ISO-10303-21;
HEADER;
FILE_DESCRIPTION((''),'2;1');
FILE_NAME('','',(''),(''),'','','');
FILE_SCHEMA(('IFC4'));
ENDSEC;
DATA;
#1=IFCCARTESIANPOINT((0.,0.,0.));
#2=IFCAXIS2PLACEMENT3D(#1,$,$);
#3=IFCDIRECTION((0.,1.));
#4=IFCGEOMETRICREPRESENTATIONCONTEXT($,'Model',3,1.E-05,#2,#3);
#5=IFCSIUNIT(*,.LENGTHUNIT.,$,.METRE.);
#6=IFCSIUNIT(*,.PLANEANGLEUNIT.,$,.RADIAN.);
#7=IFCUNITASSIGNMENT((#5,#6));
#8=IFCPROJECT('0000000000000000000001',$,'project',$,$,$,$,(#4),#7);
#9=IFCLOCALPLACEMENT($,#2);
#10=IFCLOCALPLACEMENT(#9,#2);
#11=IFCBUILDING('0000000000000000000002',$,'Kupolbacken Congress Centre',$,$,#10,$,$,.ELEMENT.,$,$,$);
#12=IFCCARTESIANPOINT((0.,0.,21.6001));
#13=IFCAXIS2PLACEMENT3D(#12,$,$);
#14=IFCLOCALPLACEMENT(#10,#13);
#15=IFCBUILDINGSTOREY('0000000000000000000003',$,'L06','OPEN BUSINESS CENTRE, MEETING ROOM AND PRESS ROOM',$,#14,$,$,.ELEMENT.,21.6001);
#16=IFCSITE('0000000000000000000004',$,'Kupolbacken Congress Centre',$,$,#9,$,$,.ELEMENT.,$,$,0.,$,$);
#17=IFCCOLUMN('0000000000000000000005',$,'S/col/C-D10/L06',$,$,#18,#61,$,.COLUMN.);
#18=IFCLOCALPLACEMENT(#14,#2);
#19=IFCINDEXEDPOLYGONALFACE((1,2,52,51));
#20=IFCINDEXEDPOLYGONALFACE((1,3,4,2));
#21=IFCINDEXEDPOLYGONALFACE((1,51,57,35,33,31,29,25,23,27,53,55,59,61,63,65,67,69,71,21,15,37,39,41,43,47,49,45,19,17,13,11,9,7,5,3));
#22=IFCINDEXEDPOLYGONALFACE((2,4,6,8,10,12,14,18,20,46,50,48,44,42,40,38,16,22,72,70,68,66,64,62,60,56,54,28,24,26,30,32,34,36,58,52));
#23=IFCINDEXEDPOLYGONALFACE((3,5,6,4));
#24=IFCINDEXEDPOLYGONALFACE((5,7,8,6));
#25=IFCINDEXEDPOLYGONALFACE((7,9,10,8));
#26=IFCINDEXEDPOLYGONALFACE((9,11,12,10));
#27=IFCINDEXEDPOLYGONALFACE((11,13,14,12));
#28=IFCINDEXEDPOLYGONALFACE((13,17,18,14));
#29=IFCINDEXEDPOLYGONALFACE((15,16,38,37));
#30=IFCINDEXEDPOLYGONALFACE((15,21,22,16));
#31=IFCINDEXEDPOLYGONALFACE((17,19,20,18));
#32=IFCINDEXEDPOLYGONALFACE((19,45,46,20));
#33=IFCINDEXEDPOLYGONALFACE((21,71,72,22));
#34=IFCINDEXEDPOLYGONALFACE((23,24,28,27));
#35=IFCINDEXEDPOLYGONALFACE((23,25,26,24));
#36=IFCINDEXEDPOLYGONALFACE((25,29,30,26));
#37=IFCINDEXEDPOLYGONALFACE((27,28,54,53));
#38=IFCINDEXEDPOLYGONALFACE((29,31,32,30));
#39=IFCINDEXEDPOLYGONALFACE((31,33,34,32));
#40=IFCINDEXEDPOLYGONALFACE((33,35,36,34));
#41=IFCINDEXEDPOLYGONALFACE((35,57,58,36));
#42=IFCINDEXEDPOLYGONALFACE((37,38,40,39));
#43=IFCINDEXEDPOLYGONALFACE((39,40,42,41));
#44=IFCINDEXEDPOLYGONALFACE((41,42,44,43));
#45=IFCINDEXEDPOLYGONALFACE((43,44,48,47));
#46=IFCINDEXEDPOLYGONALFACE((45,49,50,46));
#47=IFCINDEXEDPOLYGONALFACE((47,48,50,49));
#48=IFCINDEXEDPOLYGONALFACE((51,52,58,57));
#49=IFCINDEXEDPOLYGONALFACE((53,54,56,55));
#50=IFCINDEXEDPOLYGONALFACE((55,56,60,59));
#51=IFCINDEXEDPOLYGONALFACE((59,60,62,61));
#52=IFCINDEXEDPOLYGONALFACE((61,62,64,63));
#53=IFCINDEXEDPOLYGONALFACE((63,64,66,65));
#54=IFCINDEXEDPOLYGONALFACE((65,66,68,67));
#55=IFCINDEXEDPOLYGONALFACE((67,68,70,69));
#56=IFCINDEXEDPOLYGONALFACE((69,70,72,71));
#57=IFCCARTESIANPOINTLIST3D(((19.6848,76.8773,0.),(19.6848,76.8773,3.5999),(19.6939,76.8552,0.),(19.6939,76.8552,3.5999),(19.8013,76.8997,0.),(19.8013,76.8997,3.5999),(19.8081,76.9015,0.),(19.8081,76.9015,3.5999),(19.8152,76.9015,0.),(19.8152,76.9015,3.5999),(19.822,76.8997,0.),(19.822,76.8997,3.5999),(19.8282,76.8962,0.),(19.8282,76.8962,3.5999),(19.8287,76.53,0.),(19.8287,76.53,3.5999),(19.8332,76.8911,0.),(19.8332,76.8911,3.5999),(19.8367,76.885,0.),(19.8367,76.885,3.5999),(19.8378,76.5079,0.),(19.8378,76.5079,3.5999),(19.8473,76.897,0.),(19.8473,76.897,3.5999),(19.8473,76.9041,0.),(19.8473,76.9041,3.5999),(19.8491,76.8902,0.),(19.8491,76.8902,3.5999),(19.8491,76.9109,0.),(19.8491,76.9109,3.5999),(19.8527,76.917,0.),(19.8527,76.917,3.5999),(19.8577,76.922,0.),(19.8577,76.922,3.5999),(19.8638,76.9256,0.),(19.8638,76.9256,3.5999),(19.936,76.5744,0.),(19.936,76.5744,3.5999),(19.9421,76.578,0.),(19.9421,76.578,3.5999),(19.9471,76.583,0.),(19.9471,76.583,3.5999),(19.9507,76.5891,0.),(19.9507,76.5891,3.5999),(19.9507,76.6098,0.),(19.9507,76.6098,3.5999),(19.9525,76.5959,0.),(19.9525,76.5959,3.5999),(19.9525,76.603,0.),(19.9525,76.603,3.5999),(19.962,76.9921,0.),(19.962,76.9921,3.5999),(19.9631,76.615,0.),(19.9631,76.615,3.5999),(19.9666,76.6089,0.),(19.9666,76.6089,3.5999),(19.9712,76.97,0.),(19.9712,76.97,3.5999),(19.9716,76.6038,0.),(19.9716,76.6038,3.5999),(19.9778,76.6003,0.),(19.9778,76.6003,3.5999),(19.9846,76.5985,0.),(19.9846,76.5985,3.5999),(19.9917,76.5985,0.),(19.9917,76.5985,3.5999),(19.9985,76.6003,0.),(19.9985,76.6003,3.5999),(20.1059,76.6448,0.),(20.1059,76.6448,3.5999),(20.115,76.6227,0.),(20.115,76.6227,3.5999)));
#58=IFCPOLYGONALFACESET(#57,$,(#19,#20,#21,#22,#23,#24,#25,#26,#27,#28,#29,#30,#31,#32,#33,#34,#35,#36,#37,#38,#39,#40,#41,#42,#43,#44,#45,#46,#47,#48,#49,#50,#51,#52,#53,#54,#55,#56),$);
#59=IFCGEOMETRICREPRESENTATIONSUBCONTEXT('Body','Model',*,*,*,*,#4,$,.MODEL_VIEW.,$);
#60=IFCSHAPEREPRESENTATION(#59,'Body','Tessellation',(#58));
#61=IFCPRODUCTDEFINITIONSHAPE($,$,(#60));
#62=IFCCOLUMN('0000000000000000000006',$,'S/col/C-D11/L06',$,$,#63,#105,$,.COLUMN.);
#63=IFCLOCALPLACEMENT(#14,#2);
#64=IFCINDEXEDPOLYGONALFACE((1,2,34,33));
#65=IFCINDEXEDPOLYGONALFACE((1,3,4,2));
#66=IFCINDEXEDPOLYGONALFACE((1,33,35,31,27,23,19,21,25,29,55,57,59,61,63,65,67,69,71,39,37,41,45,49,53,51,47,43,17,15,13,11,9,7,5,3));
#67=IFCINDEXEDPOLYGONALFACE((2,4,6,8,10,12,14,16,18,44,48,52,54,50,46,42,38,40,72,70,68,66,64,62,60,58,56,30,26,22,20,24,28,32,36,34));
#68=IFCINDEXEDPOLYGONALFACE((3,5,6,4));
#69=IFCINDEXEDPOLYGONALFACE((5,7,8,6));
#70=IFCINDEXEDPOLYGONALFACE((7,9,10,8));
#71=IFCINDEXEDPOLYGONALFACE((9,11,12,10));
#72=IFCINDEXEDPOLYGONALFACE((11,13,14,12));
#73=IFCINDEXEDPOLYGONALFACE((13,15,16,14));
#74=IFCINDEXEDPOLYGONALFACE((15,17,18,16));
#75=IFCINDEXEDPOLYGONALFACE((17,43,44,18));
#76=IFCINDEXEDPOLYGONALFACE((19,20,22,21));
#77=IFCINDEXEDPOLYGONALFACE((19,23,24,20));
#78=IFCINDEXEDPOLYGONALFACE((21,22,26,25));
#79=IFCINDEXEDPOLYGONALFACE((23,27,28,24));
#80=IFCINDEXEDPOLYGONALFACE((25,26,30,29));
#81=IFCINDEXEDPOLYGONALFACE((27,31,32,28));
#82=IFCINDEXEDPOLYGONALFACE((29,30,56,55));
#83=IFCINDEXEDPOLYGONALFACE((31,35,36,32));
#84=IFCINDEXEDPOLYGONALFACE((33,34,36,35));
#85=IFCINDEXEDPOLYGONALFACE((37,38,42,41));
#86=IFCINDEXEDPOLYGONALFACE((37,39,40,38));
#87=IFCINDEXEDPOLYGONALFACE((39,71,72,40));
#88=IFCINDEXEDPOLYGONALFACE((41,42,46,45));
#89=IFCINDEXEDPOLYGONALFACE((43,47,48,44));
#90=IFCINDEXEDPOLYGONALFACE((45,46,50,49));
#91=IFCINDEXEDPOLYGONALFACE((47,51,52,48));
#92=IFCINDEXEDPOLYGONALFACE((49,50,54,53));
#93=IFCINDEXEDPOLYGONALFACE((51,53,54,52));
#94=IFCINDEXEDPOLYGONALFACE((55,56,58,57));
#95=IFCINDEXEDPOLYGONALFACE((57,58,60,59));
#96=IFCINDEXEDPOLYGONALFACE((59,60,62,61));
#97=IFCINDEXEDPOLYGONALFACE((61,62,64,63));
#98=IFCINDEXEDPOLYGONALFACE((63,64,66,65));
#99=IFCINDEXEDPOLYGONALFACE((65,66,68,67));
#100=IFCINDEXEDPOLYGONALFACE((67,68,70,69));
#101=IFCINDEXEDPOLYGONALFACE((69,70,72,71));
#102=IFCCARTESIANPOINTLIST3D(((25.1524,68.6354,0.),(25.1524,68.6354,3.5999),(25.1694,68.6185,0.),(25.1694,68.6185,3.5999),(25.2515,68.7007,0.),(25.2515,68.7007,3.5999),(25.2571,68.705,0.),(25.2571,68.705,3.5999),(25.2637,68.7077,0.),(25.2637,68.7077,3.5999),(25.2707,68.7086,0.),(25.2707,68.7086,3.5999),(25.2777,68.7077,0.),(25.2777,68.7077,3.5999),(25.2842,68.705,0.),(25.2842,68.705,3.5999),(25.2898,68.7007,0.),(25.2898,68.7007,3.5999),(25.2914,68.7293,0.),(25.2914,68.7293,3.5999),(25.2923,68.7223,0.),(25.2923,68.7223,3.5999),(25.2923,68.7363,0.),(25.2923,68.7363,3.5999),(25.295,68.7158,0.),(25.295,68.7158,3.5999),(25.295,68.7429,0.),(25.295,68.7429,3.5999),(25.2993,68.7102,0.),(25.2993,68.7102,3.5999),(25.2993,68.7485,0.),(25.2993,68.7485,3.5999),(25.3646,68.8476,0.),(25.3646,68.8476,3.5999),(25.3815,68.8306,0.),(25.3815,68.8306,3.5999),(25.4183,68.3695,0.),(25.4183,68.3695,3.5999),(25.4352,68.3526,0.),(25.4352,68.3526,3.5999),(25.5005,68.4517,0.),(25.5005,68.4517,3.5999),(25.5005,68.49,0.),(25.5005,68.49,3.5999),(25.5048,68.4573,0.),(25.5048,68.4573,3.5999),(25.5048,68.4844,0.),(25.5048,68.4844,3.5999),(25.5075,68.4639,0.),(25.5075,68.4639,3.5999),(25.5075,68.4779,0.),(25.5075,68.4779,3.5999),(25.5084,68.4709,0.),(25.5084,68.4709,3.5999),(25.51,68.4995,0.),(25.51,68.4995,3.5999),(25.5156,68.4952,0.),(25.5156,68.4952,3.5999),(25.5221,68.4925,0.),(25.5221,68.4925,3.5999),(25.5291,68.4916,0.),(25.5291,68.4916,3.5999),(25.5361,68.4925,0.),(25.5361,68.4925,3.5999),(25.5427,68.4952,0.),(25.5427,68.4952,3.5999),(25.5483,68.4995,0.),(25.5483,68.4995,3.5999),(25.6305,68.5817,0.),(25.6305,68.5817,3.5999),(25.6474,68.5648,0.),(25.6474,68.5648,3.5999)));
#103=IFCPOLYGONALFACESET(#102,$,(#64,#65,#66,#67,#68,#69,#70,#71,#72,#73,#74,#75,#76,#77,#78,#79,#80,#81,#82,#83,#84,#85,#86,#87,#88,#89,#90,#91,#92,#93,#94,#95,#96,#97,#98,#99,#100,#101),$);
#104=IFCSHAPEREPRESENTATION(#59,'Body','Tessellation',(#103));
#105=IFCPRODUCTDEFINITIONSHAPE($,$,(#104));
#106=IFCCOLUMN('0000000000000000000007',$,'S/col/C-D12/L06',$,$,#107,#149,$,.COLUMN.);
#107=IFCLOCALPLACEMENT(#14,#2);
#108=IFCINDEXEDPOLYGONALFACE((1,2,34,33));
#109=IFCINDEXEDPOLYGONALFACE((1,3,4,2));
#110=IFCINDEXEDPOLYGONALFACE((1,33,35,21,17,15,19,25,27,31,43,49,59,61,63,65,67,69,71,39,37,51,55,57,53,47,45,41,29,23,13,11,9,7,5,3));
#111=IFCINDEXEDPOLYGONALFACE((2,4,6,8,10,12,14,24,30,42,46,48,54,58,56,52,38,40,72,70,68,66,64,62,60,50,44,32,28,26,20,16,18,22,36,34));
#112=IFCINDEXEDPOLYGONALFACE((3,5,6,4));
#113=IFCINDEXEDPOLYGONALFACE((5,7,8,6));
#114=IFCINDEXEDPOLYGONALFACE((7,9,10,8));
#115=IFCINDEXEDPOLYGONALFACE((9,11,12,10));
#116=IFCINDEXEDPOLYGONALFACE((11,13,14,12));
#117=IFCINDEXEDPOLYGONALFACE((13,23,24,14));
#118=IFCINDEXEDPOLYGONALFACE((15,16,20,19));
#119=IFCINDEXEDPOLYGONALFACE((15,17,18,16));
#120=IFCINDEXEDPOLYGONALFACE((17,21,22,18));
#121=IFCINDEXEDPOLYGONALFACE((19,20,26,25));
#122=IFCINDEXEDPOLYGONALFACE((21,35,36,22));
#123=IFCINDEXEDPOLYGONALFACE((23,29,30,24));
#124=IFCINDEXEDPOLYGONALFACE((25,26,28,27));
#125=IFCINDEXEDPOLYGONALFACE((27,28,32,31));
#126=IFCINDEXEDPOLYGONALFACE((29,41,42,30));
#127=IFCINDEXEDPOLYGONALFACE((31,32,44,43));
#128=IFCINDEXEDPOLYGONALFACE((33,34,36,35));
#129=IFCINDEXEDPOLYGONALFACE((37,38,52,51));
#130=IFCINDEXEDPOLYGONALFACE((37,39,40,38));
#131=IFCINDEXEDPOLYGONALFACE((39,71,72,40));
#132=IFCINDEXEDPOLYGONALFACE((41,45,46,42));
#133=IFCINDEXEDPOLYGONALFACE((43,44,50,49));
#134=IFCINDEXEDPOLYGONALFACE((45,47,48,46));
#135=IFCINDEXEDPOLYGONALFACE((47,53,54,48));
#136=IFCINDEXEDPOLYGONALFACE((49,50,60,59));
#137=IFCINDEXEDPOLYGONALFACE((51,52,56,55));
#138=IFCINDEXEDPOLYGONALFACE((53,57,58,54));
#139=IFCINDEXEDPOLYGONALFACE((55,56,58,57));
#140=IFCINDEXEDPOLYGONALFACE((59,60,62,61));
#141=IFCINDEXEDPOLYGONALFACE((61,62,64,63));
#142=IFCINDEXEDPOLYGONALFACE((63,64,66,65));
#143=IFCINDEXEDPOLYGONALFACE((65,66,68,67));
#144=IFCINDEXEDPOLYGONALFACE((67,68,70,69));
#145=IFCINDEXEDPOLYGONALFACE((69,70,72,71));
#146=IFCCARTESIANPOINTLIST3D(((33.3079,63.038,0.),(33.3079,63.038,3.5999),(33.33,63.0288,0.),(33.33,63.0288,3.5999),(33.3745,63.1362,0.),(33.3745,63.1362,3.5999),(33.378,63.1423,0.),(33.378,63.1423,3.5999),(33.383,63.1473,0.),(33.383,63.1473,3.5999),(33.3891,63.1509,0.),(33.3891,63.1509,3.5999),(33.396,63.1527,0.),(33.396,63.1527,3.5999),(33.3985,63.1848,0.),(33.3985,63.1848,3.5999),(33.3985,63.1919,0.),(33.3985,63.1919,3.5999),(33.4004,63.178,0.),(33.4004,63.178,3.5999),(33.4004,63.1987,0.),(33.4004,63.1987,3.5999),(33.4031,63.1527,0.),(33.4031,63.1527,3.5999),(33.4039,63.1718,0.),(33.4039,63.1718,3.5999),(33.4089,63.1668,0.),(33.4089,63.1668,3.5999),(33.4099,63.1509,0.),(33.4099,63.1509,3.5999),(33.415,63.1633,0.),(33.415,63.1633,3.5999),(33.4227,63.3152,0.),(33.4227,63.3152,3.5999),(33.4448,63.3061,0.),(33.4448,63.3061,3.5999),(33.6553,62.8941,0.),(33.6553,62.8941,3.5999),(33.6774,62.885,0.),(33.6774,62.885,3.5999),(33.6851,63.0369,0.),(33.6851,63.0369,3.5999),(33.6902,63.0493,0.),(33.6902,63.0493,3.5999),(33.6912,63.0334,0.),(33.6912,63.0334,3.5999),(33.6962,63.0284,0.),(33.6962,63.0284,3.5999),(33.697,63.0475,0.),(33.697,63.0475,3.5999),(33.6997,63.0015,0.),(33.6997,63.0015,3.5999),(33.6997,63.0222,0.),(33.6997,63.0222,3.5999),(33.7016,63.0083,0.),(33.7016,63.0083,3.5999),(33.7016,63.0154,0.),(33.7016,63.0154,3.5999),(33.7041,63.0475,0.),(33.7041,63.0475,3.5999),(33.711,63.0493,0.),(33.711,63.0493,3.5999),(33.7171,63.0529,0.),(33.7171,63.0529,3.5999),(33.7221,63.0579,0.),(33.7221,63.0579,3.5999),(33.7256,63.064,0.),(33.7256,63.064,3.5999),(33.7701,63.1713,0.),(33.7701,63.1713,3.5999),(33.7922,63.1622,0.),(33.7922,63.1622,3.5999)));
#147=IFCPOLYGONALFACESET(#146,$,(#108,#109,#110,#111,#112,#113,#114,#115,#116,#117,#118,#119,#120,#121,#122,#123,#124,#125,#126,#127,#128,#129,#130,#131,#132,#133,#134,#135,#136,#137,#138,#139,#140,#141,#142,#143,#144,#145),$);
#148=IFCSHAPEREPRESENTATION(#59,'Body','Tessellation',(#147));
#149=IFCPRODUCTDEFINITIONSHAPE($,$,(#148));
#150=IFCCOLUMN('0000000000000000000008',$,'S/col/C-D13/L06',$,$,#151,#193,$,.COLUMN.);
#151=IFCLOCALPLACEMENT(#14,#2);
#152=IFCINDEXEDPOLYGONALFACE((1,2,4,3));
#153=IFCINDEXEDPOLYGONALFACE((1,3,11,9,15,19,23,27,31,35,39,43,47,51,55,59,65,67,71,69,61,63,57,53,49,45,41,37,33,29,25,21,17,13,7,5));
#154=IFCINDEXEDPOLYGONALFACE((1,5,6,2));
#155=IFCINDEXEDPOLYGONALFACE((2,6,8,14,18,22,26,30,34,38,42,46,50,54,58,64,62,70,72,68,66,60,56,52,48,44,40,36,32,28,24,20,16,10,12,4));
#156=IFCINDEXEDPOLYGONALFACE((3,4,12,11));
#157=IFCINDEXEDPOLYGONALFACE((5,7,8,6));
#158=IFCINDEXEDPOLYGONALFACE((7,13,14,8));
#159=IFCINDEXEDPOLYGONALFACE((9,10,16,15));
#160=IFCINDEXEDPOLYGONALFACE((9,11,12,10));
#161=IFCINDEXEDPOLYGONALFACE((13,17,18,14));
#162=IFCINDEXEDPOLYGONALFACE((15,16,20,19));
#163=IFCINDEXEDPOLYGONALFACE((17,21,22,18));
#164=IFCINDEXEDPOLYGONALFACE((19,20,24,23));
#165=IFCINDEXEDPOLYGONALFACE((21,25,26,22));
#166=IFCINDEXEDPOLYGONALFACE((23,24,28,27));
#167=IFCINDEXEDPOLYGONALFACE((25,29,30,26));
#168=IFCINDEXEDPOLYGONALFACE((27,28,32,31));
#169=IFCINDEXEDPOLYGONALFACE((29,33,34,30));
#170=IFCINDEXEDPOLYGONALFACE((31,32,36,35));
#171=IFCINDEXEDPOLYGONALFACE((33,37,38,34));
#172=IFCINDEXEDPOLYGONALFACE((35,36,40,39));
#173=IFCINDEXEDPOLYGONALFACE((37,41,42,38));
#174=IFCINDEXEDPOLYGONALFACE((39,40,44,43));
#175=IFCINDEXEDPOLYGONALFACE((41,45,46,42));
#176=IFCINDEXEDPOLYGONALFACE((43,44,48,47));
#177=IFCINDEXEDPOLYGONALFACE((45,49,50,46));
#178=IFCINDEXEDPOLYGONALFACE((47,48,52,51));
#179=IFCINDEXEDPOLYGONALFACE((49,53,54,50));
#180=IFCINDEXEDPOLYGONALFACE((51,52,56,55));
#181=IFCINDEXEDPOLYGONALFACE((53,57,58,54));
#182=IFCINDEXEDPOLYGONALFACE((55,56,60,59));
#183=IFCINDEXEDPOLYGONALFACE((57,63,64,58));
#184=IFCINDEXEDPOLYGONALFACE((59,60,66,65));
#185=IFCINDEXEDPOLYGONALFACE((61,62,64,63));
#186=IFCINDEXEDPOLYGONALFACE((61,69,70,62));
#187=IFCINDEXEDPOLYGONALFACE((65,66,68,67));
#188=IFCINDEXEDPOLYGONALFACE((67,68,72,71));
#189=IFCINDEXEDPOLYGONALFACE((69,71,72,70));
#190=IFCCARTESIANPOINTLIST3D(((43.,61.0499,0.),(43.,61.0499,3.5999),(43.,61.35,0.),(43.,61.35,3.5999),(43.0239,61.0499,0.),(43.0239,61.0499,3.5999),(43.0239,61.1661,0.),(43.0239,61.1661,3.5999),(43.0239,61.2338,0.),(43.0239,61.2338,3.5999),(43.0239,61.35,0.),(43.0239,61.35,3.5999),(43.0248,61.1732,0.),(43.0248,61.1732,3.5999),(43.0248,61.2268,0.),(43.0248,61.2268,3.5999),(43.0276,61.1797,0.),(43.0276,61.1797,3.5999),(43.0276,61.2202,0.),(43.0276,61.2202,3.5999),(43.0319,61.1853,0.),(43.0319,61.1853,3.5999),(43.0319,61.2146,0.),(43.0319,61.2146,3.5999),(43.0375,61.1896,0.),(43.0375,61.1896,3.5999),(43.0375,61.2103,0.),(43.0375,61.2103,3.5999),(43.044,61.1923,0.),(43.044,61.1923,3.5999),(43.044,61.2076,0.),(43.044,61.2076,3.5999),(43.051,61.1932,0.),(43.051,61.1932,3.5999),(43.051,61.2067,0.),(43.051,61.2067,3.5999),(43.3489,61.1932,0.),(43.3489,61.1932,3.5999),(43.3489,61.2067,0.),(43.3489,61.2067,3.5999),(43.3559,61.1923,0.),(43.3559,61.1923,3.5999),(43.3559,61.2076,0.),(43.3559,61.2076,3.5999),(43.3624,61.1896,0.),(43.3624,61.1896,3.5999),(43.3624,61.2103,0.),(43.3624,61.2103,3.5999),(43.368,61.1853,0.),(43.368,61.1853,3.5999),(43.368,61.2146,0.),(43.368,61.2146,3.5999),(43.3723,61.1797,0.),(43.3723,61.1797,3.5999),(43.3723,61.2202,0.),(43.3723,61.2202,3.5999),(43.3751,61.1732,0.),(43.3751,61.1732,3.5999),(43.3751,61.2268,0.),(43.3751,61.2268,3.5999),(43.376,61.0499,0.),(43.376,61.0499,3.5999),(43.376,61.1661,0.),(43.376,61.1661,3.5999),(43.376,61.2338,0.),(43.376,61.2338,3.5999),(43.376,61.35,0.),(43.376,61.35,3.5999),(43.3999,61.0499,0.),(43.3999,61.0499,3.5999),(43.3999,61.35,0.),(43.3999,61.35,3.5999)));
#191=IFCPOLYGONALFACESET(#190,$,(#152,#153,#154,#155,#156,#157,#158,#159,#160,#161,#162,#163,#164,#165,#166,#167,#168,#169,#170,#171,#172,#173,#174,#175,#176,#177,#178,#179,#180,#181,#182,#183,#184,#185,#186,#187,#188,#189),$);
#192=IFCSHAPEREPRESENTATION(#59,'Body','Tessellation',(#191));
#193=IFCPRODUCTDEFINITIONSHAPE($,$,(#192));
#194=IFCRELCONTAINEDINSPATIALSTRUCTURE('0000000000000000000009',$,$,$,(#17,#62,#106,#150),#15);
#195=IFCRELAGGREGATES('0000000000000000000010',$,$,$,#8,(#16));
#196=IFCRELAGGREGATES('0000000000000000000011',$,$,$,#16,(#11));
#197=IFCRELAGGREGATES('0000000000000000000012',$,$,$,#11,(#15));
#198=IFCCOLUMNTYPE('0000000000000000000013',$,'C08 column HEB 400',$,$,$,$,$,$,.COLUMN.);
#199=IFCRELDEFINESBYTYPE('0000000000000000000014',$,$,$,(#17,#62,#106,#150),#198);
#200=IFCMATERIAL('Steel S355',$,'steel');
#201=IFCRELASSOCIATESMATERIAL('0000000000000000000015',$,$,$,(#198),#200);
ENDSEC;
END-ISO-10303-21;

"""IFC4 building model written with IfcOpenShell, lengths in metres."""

from ifc_helpers import new_model, si_unit, direction, frame, origin, origin_2d, place, context, subcontext, project, spatial, i_section, extrude, material, material_profile, profile_set, type_object, element, save


model = new_model("IFC4")

# Units and contexts
model_context = context("Model", 3, precision=1e-05, world=origin(), true_north=direction((0.0, 1.0)))
body_context = subcontext(model_context, "Body", "Model", "MODEL_VIEW")
ifc_project = project(units=[si_unit("LENGTHUNIT", "METRE"), si_unit("PLANEANGLEUNIT", "RADIAN")], contexts=[model_context])

# Site, building, storey
site_placement = place(None, origin())
site = spatial("IfcSite", under=ifc_project, at=site_placement, Name="Kupolbacken Congress Centre", CompositionType="ELEMENT", RefElevation=0.0)
building_placement = place(site_placement, origin())
building = spatial("IfcBuilding", under=site, at=building_placement, Name="Kupolbacken Congress Centre", CompositionType="ELEMENT")
storey_placement = place(building_placement, frame((0.0, 0.0, 21.6001)))
storey = spatial("IfcBuildingStorey", under=building, at=storey_placement, Name="L06", Description="OPEN BUSINESS CENTRE, MEETING ROOM AND PRESS ROOM", CompositionType="ELEMENT", Elevation=21.6001)

# Columns
ifc_material_1 = material(Name="Steel S355", Category="steel")
ifc_material_profile_1 = material_profile(ifc_material_1, i_section(OverallWidth=0.3, OverallDepth=0.3999, WebThickness=0.0134, FlangeThickness=0.0239, FilletRadius=0.0271, at=origin_2d()), Name="HEB 400")
ifc_profile_set_1 = profile_set([ifc_material_profile_1], Name="Steel S355")
column_type = type_object("IfcColumnType", Name="C08 column HEB 400", PredefinedType="COLUMN", material=ifc_profile_set_1)
for number, where, z_axis, x_axis, name in (
    (1, (19.8999, 76.75, 0.0), (0.0, 0.0, 1.0), (-0.923896, -0.382644, 0.0), "S/col/C-D10/L06"),
    (2, (25.3999, 68.6001, 0.0), (0.0, 0.0, 1.0), (-0.707107, -0.707107, 0.0), "S/col/C-D11/L06"),
    (3, (33.55, 63.1001, 0.0), (0.0, 0.0, 1.0), (-0.382644, -0.923896, 0.0), "S/col/C-D12/L06"),
    (4, (43.2, 61.2, 0.0), (0.0, 0.0, 1.0), (0.0, -1.0, 0.0), "S/col/C-D13/L06"),
):
    element("IfcColumn", number, at=place(storey_placement, frame(where, z_axis=z_axis, x_axis=x_axis)), inside=storey, type_object=column_type, Name=name, PredefinedType="COLUMN", context=body_context, shape_type="SweptSolid", body=[
        extrude(i_section(OverallWidth=0.3, OverallDepth=0.3999, WebThickness=0.0134, FlangeThickness=0.0239, FilletRadius=0.0271, at=origin_2d()), origin(), (0.0, 0.0, 1.0), 3.5999),
    ])

save(model, "model.ifc")
